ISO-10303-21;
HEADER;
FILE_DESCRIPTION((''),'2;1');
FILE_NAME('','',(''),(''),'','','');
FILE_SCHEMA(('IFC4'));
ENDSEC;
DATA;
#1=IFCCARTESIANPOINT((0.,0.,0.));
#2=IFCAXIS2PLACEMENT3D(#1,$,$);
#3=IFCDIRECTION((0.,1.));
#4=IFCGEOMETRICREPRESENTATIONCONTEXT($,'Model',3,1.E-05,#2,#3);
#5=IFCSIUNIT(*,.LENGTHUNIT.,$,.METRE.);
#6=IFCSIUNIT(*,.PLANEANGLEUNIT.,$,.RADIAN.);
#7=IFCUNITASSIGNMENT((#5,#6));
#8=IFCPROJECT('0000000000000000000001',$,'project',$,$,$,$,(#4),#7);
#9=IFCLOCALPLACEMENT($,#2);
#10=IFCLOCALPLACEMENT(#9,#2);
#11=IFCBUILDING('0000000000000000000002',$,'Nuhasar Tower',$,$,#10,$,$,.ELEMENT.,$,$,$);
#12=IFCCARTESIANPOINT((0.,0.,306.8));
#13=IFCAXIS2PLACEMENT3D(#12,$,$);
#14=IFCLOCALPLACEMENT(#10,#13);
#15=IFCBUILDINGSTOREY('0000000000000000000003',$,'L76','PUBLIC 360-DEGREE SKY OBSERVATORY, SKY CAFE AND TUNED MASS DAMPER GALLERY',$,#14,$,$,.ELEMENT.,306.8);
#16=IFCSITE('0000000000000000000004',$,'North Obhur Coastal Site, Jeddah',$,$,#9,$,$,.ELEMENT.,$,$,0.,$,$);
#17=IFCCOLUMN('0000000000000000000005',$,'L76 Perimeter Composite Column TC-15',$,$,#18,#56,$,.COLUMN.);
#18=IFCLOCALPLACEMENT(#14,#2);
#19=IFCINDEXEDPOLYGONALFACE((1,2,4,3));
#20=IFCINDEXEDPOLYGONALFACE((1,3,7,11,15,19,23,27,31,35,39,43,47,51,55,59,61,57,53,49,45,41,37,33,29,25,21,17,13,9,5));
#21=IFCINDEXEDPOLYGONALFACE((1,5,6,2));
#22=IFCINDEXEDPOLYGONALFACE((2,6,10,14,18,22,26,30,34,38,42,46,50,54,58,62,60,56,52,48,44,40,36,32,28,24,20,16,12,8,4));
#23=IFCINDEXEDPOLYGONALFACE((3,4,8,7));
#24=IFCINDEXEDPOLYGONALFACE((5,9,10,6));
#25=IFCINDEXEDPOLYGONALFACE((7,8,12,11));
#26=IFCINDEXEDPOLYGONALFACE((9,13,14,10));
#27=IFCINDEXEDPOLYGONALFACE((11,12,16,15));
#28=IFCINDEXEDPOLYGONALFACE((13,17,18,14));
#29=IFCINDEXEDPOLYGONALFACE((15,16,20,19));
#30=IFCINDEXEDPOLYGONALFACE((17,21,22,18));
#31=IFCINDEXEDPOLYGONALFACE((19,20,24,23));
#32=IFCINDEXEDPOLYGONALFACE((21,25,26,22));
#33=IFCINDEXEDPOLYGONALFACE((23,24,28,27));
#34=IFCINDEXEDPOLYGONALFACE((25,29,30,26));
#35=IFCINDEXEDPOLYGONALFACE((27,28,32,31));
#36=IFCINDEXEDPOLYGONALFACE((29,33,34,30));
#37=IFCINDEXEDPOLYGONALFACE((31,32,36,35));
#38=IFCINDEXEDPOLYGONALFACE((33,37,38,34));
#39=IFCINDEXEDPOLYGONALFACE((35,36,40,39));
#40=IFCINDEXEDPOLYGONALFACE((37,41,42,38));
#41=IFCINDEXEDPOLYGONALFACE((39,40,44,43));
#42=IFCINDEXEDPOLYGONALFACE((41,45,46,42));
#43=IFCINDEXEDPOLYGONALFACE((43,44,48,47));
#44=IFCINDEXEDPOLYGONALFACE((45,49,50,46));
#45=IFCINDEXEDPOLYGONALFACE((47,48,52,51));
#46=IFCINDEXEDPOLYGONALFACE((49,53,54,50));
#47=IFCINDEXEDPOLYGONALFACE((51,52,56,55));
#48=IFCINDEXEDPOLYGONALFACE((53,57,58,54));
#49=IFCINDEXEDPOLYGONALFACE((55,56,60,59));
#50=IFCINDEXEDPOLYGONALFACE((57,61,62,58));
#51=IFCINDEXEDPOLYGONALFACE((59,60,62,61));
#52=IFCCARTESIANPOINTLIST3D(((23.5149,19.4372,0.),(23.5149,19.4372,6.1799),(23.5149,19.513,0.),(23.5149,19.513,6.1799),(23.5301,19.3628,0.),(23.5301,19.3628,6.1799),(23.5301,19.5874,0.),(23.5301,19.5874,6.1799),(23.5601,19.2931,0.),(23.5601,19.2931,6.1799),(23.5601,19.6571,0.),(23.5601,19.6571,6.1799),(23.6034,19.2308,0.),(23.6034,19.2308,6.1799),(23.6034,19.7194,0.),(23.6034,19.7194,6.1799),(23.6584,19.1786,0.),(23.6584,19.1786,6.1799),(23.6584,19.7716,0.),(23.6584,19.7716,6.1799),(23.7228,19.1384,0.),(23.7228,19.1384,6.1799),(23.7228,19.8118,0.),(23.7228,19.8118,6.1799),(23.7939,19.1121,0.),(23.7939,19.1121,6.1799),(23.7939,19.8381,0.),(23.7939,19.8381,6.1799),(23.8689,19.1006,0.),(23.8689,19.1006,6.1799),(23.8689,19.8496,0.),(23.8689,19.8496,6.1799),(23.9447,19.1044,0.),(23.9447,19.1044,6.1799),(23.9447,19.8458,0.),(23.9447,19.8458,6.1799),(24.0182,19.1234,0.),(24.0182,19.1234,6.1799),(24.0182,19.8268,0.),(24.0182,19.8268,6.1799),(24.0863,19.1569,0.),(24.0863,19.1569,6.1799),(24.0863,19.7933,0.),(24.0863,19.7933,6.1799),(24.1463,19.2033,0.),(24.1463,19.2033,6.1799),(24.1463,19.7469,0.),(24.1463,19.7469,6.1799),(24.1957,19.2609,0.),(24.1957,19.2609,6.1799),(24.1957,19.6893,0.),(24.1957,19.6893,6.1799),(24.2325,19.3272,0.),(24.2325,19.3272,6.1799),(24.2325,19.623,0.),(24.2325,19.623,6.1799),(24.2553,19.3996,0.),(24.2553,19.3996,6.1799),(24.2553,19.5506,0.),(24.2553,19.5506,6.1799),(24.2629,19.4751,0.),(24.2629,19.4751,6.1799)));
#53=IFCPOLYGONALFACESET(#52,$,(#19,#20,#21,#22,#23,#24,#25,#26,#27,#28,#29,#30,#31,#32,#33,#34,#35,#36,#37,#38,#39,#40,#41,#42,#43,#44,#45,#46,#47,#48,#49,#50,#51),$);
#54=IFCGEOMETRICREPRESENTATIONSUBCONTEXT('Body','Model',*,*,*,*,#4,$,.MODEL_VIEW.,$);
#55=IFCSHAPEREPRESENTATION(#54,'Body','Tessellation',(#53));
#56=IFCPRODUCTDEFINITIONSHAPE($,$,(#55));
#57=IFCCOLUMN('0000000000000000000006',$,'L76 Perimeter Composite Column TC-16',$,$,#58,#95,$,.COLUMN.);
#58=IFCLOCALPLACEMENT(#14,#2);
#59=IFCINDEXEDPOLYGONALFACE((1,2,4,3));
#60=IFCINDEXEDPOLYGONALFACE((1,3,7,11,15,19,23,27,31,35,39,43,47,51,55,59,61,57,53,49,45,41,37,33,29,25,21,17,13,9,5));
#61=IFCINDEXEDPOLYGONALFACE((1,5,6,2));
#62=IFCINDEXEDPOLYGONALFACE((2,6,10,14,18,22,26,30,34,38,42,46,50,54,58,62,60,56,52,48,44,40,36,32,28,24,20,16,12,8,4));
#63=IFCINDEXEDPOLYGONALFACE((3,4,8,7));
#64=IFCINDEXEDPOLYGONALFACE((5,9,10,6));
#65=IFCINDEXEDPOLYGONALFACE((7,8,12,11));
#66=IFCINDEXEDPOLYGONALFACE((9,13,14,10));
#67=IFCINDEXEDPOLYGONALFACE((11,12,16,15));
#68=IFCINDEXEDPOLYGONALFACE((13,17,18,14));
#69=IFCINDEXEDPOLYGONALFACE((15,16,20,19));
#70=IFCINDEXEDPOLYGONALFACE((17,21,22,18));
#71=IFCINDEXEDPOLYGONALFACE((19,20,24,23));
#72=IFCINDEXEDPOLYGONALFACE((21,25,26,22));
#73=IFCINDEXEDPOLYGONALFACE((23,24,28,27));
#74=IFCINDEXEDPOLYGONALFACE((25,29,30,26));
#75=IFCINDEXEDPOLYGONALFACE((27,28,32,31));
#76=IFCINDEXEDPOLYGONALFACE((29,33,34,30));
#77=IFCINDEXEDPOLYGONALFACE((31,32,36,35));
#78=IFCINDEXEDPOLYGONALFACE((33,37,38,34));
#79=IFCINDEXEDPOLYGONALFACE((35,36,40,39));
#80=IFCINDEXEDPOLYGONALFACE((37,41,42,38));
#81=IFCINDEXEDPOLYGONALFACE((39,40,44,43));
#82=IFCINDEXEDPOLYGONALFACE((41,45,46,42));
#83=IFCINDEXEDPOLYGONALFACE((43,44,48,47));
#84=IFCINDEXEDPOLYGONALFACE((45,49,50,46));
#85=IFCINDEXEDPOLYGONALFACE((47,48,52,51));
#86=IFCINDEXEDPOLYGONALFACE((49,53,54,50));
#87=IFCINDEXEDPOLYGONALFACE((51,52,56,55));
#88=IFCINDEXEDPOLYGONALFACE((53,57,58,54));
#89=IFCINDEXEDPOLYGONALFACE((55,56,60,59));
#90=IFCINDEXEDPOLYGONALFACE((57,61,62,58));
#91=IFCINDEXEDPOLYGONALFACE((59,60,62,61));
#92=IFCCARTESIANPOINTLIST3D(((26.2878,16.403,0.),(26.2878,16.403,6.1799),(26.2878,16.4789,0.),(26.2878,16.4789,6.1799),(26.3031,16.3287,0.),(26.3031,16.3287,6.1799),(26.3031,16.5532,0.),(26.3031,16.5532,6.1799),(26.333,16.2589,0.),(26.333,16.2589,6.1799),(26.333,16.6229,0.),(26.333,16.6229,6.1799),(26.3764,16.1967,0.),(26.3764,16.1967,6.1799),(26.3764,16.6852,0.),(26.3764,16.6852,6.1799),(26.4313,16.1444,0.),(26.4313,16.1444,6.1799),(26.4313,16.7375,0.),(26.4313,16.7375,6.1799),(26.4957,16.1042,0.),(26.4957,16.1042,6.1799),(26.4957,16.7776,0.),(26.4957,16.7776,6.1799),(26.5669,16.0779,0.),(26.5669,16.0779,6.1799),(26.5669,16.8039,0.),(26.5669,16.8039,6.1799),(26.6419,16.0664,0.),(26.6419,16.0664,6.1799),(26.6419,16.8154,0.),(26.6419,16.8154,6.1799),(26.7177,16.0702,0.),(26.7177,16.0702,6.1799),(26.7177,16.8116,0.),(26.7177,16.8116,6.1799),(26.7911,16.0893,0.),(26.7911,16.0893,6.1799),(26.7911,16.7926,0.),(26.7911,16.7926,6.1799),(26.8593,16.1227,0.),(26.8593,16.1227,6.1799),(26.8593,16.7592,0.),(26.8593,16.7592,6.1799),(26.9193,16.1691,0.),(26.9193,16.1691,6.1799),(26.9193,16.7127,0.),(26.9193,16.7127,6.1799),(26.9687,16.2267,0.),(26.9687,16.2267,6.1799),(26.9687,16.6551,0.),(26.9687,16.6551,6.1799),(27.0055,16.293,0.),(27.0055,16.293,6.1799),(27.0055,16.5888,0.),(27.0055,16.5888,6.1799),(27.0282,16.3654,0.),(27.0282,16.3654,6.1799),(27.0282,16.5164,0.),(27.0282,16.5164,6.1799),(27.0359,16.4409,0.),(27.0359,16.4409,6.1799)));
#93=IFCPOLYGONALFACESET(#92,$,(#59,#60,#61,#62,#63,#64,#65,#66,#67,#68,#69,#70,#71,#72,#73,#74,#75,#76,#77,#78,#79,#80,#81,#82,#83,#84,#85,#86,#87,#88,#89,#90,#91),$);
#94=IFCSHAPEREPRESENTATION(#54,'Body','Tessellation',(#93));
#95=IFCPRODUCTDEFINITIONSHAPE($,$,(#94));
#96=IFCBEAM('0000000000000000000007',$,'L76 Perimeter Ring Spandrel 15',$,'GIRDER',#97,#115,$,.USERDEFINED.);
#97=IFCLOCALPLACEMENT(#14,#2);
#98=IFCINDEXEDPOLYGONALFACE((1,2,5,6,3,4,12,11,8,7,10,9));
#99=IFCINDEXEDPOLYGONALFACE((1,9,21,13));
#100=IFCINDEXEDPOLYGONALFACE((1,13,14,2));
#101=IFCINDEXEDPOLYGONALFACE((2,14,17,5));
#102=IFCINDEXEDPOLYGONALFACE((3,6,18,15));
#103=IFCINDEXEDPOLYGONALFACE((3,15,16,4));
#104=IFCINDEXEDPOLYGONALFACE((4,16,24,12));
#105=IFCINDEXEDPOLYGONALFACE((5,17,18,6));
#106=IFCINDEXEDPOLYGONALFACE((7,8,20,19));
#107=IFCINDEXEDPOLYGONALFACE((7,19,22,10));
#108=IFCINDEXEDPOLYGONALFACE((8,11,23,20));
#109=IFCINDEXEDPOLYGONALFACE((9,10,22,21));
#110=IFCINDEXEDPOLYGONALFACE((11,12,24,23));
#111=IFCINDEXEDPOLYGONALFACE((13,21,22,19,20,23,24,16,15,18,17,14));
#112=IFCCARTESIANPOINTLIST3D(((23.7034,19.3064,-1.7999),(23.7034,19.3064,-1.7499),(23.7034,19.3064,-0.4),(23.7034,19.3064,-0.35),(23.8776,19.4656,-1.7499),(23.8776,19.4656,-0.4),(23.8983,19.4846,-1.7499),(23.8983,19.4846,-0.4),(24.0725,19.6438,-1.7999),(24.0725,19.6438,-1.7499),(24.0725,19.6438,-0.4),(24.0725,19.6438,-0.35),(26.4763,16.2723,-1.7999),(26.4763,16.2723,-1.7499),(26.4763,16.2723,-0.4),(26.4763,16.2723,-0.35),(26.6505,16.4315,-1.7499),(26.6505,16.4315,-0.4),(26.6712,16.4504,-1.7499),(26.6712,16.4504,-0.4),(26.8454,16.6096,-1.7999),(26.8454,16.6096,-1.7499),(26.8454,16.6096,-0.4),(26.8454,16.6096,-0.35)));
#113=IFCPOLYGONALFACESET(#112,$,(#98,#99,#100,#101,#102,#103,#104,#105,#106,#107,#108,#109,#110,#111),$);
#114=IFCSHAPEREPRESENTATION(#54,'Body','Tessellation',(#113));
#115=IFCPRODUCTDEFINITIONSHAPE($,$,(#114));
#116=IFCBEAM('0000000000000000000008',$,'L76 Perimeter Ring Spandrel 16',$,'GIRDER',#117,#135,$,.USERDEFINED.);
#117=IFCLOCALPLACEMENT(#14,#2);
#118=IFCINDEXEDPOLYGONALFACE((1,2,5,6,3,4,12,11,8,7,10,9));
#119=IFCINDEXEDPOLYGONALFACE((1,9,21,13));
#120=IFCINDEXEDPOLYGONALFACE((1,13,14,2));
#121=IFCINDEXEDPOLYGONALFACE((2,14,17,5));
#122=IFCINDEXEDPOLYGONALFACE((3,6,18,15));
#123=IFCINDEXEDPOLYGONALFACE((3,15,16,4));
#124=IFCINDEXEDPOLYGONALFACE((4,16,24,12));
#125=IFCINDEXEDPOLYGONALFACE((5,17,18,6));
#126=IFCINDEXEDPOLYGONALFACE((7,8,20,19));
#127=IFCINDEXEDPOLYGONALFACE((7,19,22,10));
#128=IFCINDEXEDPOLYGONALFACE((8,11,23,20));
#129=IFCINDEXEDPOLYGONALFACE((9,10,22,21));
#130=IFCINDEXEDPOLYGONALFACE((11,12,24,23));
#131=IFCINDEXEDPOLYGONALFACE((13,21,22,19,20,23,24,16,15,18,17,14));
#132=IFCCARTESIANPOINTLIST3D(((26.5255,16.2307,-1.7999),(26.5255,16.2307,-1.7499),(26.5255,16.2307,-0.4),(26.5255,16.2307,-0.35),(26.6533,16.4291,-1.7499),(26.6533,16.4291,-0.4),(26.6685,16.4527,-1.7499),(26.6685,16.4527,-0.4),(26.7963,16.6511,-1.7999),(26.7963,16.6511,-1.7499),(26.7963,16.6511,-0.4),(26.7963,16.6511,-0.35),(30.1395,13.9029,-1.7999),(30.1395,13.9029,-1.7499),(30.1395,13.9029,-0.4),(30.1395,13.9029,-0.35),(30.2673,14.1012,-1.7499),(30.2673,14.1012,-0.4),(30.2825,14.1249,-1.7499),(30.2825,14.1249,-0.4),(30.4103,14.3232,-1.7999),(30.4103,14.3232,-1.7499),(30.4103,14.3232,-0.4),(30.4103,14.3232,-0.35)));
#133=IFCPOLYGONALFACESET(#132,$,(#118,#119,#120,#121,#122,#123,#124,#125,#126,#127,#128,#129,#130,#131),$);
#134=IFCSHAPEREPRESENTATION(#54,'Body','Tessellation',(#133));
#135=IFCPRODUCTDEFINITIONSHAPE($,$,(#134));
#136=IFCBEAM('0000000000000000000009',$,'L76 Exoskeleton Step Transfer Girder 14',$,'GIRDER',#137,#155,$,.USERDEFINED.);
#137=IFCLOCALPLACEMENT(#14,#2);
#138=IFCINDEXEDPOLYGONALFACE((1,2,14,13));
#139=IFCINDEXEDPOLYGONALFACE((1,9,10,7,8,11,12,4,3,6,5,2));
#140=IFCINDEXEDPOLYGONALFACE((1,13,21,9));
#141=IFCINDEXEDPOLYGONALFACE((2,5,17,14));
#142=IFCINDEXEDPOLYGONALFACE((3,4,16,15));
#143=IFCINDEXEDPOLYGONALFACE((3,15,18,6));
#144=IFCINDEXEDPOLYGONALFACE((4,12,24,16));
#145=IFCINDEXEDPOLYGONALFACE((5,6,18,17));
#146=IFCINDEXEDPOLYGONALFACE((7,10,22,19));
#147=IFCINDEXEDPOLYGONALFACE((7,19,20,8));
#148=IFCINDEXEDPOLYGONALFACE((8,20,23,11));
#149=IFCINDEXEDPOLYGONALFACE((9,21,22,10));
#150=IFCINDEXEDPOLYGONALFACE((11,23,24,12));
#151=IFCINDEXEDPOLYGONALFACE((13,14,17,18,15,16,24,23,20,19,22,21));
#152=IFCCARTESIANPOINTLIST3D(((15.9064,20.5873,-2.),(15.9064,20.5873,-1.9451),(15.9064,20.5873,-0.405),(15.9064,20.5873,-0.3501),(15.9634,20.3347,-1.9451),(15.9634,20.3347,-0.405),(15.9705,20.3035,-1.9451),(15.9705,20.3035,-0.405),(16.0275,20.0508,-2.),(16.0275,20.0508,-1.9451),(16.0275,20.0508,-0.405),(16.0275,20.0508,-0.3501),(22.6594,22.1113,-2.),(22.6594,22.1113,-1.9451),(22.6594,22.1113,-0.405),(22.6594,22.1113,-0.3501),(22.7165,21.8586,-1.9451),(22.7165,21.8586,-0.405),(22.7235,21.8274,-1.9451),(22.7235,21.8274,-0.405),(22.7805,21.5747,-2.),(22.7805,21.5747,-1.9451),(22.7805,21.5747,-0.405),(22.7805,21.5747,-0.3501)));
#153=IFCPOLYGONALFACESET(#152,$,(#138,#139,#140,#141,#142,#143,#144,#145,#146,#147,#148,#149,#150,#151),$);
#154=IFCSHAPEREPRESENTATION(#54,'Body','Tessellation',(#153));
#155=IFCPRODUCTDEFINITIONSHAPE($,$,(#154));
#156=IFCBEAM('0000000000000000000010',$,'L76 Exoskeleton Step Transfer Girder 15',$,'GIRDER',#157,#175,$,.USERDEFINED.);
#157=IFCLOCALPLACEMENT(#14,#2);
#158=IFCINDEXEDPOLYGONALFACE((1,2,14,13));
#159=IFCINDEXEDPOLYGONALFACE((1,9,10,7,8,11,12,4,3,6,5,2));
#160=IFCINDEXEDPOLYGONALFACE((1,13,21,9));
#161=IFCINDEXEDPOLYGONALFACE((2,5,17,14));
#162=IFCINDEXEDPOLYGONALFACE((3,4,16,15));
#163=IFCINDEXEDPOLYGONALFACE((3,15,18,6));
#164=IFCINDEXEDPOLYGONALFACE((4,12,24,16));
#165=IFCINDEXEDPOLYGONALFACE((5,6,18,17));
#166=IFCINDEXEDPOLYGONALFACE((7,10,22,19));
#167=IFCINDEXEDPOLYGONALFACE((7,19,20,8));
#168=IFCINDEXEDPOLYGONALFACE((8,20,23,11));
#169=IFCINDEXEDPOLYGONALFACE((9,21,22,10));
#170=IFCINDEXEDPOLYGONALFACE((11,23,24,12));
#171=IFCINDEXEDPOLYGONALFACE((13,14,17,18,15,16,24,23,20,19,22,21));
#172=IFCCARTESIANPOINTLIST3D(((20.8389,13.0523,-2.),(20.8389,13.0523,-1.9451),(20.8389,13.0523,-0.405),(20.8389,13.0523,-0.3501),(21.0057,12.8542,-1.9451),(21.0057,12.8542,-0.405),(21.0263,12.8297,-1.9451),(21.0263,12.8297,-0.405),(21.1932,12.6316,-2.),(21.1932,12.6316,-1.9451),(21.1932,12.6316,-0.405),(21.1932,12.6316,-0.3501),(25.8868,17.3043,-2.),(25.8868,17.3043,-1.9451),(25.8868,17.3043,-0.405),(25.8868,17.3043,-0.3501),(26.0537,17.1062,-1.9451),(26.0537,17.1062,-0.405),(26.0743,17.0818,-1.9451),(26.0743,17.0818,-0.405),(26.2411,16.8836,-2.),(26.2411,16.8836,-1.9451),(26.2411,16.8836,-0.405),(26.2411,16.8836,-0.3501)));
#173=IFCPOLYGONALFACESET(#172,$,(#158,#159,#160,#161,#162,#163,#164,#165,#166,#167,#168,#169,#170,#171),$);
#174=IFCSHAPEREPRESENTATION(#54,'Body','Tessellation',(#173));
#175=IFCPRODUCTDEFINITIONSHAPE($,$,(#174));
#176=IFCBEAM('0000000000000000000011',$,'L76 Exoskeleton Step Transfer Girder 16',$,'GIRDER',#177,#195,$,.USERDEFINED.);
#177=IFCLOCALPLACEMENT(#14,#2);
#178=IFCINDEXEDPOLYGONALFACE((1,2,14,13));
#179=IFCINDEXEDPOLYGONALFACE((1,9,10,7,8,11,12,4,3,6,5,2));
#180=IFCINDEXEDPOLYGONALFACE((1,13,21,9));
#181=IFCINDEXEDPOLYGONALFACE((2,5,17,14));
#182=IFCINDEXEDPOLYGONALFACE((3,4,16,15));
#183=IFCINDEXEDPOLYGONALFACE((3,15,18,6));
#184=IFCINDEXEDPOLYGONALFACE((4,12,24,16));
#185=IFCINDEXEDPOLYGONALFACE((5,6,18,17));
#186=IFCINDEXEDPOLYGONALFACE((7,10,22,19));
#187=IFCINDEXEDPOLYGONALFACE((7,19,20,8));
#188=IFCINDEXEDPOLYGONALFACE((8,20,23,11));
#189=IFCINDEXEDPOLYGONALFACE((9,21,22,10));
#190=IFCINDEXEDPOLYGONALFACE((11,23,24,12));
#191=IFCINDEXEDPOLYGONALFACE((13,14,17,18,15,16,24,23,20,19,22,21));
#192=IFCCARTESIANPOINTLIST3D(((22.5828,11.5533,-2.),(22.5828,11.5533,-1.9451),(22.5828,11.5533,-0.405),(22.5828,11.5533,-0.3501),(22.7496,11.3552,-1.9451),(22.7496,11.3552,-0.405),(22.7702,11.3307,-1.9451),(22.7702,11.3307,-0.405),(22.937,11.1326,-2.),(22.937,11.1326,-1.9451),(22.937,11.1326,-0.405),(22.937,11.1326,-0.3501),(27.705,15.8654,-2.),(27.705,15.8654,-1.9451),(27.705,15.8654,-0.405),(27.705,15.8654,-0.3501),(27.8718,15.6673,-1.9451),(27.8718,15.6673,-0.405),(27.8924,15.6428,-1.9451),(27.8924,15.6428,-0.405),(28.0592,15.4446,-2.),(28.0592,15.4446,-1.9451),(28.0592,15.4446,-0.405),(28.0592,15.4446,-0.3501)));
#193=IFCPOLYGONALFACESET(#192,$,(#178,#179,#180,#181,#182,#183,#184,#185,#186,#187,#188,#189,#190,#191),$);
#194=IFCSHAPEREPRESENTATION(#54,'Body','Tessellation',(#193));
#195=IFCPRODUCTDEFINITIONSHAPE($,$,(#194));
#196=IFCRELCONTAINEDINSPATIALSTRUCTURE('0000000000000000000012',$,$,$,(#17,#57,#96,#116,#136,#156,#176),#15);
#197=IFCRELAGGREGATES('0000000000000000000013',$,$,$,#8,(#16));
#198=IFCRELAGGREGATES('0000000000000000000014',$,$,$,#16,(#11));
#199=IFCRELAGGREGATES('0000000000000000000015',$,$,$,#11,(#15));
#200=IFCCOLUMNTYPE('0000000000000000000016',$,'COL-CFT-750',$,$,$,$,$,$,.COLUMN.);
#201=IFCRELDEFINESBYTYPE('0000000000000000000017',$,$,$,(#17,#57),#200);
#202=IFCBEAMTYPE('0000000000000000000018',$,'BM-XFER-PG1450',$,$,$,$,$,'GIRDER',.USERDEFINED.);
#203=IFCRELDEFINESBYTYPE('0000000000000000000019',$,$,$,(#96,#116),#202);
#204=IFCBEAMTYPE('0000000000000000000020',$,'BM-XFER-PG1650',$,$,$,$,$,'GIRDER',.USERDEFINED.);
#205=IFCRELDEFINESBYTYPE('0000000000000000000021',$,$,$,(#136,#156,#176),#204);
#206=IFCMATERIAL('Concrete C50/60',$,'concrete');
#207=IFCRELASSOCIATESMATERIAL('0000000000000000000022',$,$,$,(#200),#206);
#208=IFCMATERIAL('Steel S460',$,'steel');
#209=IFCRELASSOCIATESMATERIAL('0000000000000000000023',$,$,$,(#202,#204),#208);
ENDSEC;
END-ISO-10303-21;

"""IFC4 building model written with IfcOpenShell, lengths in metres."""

from ifc_helpers import new_model, si_unit, direction, frame, origin, origin_2d, place, context, subcontext, project, spatial, circle, i_section, extrude, material, material_profile, profile_set, type_object, element, save


model = new_model("IFC4")

# Units and contexts
model_context = context("Model", 3, precision=1e-05, world=origin(), true_north=direction((0.0, 1.0)))
body_context = subcontext(model_context, "Body", "Model", "MODEL_VIEW")
ifc_project = project(units=[si_unit("LENGTHUNIT", "METRE"), si_unit("PLANEANGLEUNIT", "RADIAN")], contexts=[model_context])

# Site, building, storey
site_placement = place(None, origin())
site = spatial("IfcSite", under=ifc_project, at=site_placement, Name="North Obhur Coastal Site, Jeddah", CompositionType="ELEMENT", RefElevation=0.0)
building_placement = place(site_placement, origin())
building = spatial("IfcBuilding", under=site, at=building_placement, Name="Nuhasar Tower", CompositionType="ELEMENT")
storey_placement = place(building_placement, frame((0.0, 0.0, 306.8)))
storey = spatial("IfcBuildingStorey", under=building, at=storey_placement, Name="L76", Description="PUBLIC 360-DEGREE SKY OBSERVATORY, SKY CAFE AND TUNED MASS DAMPER GALLERY", CompositionType="ELEMENT", Elevation=306.8)

# Columns
ifc_material_1 = material(Name="Concrete C50/60", Category="concrete")
ifc_material_profile_1 = material_profile(ifc_material_1, circle(Radius=0.375, at=origin_2d()), Name="CFT750")
ifc_profile_set_1 = profile_set([ifc_material_profile_1], Name="Concrete C50/60")
column_type = type_object("IfcColumnType", Name="COL-CFT-750", PredefinedType="COLUMN", material=ifc_profile_set_1)
for number, where, z_axis, x_axis, name in (
    (1, (23.8879, 19.4751, 0.0), (0.0, 0.0, 1.0), (1.0, 0.0, 0.0), "L76 Perimeter Composite Column TC-15"),
    (2, (26.6609, 16.4409, 0.0), (0.0, 0.0, 1.0), (1.0, 0.0, 0.0), "L76 Perimeter Composite Column TC-16"),
):
    element("IfcColumn", number, at=place(storey_placement, frame(where, z_axis=z_axis, x_axis=x_axis)), inside=storey, type_object=column_type, Name=name, PredefinedType="COLUMN", context=body_context, shape_type="SweptSolid", body=[
        extrude(circle(Radius=0.375, at=origin_2d()), origin(), (0.0, 0.0, 1.0), 6.1799),
    ])

# Beams
ifc_material_2 = material(Name="Steel S460", Category="steel")
ifc_material_profile_2 = material_profile(ifc_material_2, i_section(OverallWidth=0.5, OverallDepth=1.45, WebThickness=0.0281, FlangeThickness=0.05, at=origin_2d()), Name="PG1450X500")
ifc_profile_set_2 = profile_set([ifc_material_profile_2], Name="Steel S460")
beam_type_1 = type_object("IfcBeamType", Name="BM-XFER-PG1450", ElementType="GIRDER", PredefinedType="USERDEFINED", material=ifc_profile_set_2)
beam_1_placement = place(storey_placement, frame((23.8879, 19.4751, -1.075), z_axis=(0.674616, -0.738169, 0.0), x_axis=(0.738169, 0.674616, 0.0)))
element("IfcBeam", 3, at=beam_1_placement, inside=storey, type_object=beam_type_1, Name="L76 Perimeter Ring Spandrel 15", ObjectType="GIRDER", PredefinedType="USERDEFINED", context=body_context, shape_type="SweptSolid", body=[
    extrude(i_section(OverallWidth=0.5, OverallDepth=1.45, WebThickness=0.0281, FlangeThickness=0.05, at=origin_2d()), origin(), (0.0, 0.0, 1.0), 4.1104),
])
beam_2_placement = place(storey_placement, frame((26.6609, 16.4409, -1.075), z_axis=(0.840693, -0.541512, 0.0), x_axis=(0.541512, 0.840693, 0.0)))
element("IfcBeam", 4, at=beam_2_placement, inside=storey, type_object=beam_type_1, Name="L76 Perimeter Ring Spandrel 16", ObjectType="GIRDER", PredefinedType="USERDEFINED", context=body_context, shape_type="SweptSolid", body=[
    extrude(i_section(OverallWidth=0.5, OverallDepth=1.45, WebThickness=0.0281, FlangeThickness=0.05, at=origin_2d()), origin(), (0.0, 0.0, 1.0), 4.2988),
])
ifc_material_profile_3 = material_profile(ifc_material_2, i_section(OverallWidth=0.55, OverallDepth=1.6499, WebThickness=0.032, FlangeThickness=0.0549, at=origin_2d()), Name="PG1650X550")
ifc_profile_set_3 = profile_set([ifc_material_profile_3], Name="Steel S460")
beam_type_2 = type_object("IfcBeamType", Name="BM-XFER-PG1650", ElementType="GIRDER", PredefinedType="USERDEFINED", material=ifc_profile_set_3)
beam_3_placement = place(storey_placement, frame((22.72, 21.843, -1.175), z_axis=(-0.97547, -0.220133, 0.0), x_axis=(0.220133, -0.97547, 0.0)))
element("IfcBeam", 5, at=beam_3_placement, inside=storey, type_object=beam_type_2, Name="L76 Exoskeleton Step Transfer Girder 14", ObjectType="GIRDER", PredefinedType="USERDEFINED", context=body_context, shape_type="SweptSolid", body=[
    extrude(i_section(OverallWidth=0.55, OverallDepth=1.6499, WebThickness=0.032, FlangeThickness=0.0549, at=origin_2d()), origin(), (0.0, 0.0, 1.0), 6.9229),
])
beam_4_placement = place(storey_placement, frame((26.064, 17.094, -1.175), z_axis=(-0.764827, -0.644236, 0.0), x_axis=(0.644236, -0.764827, 0.0)))
element("IfcBeam", 6, at=beam_4_placement, inside=storey, type_object=beam_type_2, Name="L76 Exoskeleton Step Transfer Girder 15", ObjectType="GIRDER", PredefinedType="USERDEFINED", context=body_context, shape_type="SweptSolid", body=[
    extrude(i_section(OverallWidth=0.55, OverallDepth=1.6499, WebThickness=0.032, FlangeThickness=0.0549, at=origin_2d()), origin(), (0.0, 0.0, 1.0), 6.6001),
])
beam_5_placement = place(storey_placement, frame((27.8821, 15.655, -1.175), z_axis=(-0.765008, -0.644021, 0.0), x_axis=(0.644021, -0.765008, 0.0)))
element("IfcBeam", 7, at=beam_5_placement, inside=storey, type_object=beam_type_2, Name="L76 Exoskeleton Step Transfer Girder 16", ObjectType="GIRDER", PredefinedType="USERDEFINED", context=body_context, shape_type="SweptSolid", body=[
    extrude(i_section(OverallWidth=0.55, OverallDepth=1.6499, WebThickness=0.032, FlangeThickness=0.0549, at=origin_2d()), origin(), (0.0, 0.0, 1.0), 6.6956),
])

save(model, "model.ifc")
